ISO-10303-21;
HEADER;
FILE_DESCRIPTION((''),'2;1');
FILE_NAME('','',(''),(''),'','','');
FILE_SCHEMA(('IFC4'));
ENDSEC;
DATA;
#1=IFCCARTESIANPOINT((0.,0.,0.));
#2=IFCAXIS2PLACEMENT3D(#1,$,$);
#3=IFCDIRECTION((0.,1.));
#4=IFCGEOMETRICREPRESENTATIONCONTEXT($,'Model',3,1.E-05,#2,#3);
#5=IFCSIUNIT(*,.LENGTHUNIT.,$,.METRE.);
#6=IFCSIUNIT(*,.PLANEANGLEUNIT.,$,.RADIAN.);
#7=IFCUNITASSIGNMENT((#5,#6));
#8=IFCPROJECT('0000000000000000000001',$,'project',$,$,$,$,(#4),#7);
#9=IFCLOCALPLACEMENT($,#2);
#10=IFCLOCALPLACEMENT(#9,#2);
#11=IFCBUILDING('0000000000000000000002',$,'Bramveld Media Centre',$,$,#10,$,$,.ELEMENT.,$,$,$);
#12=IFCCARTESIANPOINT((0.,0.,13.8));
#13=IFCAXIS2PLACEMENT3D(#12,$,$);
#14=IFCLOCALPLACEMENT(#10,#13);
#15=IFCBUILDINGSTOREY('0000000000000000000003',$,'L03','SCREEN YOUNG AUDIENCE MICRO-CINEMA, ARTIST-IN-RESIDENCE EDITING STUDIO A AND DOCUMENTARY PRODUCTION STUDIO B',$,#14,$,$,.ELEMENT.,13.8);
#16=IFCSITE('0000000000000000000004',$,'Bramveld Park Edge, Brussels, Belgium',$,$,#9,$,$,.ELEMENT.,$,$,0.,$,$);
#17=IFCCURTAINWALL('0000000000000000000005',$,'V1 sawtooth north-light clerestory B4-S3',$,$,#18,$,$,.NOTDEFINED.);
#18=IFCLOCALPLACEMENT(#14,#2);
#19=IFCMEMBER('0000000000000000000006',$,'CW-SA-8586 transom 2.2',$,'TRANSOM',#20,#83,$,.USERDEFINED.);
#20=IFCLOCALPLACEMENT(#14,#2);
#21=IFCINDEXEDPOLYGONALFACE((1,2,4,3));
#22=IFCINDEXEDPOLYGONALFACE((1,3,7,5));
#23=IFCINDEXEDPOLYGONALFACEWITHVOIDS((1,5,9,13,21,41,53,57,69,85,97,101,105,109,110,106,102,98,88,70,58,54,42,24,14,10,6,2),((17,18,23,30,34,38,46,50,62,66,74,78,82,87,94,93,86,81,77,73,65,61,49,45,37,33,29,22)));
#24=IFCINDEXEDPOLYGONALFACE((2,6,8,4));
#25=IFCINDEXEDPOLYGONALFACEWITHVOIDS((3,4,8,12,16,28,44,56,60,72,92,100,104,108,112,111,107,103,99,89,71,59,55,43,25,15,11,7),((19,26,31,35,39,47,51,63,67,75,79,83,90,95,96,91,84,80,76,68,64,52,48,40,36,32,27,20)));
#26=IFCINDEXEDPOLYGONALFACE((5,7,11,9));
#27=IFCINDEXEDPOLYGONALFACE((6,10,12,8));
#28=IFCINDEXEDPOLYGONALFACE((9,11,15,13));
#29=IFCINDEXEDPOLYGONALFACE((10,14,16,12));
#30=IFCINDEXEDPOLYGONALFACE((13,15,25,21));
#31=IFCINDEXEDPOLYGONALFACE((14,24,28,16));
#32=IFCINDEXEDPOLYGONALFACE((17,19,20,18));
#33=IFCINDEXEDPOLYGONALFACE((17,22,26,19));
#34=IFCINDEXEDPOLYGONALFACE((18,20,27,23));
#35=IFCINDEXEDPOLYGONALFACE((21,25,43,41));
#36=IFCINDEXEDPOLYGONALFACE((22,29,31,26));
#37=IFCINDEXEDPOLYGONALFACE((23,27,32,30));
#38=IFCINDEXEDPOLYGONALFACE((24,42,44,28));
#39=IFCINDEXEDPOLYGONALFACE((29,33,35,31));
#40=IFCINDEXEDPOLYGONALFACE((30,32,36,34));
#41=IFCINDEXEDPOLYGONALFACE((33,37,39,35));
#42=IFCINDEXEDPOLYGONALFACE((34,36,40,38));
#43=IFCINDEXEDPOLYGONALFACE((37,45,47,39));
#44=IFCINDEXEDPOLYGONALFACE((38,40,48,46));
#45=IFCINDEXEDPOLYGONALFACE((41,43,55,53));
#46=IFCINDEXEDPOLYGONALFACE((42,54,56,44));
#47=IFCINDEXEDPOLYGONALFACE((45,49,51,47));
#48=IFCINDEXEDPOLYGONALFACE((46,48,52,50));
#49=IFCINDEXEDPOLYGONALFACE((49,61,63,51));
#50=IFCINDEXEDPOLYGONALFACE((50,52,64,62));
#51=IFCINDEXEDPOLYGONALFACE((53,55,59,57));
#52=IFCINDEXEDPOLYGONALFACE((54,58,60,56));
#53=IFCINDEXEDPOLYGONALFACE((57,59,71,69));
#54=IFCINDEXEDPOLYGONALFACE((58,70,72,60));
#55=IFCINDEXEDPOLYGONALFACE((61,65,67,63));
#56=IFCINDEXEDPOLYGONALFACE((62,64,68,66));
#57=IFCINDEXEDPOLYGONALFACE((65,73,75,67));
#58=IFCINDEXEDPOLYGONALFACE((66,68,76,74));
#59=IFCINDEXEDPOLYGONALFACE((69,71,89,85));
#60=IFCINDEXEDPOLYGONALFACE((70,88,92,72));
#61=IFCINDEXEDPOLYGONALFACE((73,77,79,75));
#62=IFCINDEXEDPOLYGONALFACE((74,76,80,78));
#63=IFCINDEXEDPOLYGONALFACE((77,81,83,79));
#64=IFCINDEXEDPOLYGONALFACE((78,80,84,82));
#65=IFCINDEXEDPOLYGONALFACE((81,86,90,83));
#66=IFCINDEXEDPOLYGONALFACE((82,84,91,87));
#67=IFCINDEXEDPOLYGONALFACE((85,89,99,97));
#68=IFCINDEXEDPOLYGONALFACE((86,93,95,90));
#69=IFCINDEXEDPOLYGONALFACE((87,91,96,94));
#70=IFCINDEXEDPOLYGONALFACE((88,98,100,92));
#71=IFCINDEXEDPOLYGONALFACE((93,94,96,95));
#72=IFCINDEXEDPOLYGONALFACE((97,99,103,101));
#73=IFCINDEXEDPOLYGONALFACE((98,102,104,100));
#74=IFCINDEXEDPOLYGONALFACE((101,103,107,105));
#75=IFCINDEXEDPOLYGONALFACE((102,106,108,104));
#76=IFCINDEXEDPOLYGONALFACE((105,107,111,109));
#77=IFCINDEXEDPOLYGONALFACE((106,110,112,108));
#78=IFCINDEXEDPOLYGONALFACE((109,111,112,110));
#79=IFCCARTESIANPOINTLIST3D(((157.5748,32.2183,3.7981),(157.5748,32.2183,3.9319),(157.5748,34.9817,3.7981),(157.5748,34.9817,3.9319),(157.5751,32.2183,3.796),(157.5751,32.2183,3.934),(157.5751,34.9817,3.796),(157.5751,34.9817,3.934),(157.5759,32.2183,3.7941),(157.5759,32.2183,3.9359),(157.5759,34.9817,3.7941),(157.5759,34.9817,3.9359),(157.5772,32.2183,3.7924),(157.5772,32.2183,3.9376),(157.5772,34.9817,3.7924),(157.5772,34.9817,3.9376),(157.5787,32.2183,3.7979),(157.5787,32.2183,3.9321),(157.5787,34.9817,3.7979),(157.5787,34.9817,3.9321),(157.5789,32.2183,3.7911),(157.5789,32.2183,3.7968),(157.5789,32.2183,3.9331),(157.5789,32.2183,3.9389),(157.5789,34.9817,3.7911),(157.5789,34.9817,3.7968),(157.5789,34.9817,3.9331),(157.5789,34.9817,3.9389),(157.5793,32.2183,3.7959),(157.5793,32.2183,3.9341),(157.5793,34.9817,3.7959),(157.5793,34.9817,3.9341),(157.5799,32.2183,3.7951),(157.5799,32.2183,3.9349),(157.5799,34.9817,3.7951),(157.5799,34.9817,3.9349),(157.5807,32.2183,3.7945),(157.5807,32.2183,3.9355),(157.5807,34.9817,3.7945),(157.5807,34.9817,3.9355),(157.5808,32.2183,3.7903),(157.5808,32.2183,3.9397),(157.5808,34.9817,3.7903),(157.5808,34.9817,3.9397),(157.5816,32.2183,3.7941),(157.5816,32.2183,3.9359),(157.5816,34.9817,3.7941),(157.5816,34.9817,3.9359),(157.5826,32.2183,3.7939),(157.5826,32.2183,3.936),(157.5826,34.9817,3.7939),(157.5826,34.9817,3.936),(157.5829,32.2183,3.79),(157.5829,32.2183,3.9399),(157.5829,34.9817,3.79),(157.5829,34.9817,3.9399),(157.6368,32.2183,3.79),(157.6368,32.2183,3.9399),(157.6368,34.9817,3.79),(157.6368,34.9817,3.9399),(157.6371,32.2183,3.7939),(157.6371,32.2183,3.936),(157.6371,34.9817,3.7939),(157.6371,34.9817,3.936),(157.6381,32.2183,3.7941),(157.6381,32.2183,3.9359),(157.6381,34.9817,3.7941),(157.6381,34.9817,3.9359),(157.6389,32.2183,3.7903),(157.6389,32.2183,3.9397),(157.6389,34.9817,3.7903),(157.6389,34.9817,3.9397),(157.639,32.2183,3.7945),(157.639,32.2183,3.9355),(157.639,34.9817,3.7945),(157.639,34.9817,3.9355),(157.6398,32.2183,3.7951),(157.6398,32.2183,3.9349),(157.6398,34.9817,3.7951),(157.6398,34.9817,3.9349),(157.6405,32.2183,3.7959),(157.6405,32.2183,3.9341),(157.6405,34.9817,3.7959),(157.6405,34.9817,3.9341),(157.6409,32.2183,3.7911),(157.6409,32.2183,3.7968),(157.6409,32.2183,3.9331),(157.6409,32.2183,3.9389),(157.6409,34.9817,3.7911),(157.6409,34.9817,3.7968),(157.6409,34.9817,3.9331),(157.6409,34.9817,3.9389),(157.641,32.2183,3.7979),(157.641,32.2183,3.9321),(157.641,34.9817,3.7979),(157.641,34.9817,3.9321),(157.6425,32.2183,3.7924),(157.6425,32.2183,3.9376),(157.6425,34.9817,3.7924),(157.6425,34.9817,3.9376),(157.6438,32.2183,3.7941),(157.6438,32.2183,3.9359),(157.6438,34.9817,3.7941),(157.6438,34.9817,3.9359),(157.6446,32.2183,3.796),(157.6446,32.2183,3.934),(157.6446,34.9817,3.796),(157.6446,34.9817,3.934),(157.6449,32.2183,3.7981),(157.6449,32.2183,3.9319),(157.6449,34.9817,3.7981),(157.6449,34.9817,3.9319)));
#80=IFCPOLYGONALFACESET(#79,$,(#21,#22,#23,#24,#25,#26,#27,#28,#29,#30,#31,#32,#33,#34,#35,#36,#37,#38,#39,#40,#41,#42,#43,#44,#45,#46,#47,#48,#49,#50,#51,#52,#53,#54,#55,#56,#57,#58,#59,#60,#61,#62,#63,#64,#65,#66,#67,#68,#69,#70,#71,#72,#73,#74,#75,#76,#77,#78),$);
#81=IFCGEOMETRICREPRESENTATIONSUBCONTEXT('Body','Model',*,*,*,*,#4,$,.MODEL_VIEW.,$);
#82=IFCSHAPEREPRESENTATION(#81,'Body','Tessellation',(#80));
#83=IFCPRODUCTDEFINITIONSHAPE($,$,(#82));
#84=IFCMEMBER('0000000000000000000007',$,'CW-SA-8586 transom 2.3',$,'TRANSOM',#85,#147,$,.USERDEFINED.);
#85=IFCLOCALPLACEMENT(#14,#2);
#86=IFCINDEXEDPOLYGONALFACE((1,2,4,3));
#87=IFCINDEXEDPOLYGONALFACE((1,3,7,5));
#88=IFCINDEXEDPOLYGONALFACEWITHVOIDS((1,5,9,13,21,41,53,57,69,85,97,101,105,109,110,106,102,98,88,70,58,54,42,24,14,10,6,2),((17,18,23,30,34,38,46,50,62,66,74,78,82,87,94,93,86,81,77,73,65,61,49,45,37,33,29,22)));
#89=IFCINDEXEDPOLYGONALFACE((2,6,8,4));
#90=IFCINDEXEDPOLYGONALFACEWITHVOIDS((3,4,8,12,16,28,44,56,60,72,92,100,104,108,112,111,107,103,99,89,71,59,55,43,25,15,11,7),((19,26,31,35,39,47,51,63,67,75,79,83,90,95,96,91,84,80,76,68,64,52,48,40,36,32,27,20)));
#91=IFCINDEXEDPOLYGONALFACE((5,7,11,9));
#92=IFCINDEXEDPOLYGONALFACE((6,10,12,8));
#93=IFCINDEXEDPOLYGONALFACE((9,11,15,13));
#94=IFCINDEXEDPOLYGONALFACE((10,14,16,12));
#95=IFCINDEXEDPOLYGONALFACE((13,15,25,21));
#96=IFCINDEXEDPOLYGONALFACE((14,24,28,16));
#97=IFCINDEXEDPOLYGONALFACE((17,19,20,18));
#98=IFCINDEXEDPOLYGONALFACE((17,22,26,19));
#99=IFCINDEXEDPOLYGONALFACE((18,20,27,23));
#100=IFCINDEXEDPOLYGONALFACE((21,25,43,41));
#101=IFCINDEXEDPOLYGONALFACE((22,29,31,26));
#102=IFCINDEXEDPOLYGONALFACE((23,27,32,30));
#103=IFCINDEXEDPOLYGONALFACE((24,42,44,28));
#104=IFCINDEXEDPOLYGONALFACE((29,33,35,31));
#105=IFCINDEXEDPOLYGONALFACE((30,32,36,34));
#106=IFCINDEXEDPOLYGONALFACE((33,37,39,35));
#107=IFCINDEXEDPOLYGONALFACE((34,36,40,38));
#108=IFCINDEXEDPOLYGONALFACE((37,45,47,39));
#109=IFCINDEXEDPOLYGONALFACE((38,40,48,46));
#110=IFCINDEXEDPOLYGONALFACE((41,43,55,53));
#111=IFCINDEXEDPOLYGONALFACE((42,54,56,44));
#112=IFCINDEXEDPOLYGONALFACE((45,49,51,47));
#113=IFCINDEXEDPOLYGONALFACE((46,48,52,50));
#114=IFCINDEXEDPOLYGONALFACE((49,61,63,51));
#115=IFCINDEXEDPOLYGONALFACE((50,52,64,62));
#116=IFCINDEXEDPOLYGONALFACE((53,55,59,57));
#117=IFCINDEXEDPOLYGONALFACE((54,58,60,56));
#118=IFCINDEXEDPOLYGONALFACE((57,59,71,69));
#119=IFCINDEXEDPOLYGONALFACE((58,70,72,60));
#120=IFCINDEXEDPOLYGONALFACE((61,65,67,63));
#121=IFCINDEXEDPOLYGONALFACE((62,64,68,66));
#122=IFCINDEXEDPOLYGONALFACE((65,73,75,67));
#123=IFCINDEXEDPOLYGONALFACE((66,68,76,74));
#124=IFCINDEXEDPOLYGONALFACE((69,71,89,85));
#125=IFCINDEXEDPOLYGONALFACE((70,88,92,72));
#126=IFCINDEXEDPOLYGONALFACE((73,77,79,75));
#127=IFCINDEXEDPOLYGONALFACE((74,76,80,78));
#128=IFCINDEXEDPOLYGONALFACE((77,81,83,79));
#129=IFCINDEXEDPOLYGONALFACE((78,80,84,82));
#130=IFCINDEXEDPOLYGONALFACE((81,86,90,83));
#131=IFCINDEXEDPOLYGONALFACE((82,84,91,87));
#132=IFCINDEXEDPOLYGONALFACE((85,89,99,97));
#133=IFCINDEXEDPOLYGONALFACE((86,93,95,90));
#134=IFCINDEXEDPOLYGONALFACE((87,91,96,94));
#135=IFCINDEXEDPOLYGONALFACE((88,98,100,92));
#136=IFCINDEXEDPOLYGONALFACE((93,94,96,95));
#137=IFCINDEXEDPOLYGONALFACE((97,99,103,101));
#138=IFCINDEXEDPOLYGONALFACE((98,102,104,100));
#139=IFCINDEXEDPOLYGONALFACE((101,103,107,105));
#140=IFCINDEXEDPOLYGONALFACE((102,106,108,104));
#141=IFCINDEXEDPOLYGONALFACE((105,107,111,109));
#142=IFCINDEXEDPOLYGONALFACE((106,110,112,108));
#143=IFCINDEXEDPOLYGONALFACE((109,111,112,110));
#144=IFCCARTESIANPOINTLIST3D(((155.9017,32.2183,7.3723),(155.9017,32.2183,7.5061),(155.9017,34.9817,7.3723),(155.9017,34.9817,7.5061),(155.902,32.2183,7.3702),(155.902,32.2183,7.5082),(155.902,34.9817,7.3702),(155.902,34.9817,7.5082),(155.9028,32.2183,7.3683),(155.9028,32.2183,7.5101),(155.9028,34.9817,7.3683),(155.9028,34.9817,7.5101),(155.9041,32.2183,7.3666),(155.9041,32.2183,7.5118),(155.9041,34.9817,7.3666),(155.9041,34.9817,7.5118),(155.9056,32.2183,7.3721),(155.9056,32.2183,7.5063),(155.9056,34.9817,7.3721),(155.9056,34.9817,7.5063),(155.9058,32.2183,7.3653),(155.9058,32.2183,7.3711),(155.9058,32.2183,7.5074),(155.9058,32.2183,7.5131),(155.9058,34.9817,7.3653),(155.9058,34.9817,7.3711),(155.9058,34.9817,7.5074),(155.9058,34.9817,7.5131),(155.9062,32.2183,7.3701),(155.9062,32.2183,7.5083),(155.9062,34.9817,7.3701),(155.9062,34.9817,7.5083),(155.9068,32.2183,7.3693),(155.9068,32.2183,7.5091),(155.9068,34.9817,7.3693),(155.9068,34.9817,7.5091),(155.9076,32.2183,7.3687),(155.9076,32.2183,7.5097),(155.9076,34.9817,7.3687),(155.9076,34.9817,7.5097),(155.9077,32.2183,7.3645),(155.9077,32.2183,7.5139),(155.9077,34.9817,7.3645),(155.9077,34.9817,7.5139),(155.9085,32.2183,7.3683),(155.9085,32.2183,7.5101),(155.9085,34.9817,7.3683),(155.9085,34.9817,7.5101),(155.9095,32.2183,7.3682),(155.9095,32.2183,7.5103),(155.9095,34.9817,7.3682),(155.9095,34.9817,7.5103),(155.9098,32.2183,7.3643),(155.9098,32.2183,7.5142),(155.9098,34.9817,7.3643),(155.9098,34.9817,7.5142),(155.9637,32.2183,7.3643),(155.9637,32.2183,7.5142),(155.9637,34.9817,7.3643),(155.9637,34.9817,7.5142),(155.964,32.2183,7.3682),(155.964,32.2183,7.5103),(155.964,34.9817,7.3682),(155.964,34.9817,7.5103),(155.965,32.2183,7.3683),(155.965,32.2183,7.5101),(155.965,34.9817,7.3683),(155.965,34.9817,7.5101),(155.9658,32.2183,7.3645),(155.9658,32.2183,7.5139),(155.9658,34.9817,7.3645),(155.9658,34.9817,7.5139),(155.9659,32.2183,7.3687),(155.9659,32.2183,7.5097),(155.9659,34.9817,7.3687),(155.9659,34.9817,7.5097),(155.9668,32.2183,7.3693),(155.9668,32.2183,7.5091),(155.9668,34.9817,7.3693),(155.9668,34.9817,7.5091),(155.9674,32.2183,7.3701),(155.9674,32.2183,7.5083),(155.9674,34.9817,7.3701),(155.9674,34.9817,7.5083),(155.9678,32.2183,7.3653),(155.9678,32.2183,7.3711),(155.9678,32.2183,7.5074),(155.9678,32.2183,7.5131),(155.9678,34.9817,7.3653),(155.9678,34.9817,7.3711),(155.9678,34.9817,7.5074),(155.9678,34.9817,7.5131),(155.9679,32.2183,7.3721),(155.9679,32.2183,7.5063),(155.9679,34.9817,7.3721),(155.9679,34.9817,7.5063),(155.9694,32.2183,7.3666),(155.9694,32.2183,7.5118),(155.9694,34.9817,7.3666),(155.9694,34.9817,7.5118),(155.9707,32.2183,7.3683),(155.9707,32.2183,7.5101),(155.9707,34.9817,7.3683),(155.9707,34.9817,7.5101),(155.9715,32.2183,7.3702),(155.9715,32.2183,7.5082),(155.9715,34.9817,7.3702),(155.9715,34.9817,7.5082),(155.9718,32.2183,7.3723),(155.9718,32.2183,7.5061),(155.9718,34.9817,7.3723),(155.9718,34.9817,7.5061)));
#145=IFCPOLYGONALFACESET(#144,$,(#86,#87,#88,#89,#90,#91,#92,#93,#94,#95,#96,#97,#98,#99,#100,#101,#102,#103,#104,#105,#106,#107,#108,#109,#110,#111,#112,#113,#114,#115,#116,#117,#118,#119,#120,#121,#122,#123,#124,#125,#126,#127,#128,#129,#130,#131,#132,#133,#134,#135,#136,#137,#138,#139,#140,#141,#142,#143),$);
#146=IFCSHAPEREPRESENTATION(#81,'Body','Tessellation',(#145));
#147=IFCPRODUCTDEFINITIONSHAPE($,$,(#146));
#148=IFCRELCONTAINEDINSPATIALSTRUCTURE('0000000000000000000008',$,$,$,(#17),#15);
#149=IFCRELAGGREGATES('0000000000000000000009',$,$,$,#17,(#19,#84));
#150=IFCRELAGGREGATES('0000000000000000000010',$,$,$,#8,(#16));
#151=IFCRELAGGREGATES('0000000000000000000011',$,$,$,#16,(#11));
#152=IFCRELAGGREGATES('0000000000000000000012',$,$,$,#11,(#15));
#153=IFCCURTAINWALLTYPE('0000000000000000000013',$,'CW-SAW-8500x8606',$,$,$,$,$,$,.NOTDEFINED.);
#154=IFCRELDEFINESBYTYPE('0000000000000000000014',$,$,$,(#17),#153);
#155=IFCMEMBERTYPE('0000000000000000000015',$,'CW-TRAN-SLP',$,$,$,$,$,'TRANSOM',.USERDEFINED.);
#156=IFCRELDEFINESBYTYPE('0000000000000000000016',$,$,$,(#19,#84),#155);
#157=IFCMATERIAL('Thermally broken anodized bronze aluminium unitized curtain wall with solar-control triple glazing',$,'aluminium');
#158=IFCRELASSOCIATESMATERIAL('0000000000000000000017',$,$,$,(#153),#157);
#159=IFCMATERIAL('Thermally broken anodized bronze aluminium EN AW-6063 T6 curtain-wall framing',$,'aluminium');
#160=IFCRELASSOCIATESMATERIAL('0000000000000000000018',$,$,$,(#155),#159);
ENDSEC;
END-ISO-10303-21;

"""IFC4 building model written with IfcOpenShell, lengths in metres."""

from ifc_helpers import new_model, si_unit, direction, frame, origin, origin_2d, place, context, subcontext, project, spatial, hollow_rectangle, extrude, material, material_profile, profile_set, type_object, element, aggregate, save


model = new_model("IFC4")

# Units and contexts
model_context = context("Model", 3, precision=1e-05, world=origin(), true_north=direction((0.0, 1.0)))
body_context = subcontext(model_context, "Body", "Model", "MODEL_VIEW")
ifc_project = project(units=[si_unit("LENGTHUNIT", "METRE"), si_unit("PLANEANGLEUNIT", "RADIAN")], contexts=[model_context])

# Site, building, storey
site_placement = place(None, origin())
site = spatial("IfcSite", under=ifc_project, at=site_placement, Name="Bramveld Park Edge, Brussels, Belgium", CompositionType="ELEMENT", RefElevation=0.0)
building_placement = place(site_placement, origin())
building = spatial("IfcBuilding", under=site, at=building_placement, Name="Bramveld Media Centre", CompositionType="ELEMENT")
storey_placement = place(building_placement, frame((0.0, 0.0, 13.8)))
storey = spatial("IfcBuildingStorey", under=building, at=storey_placement, Name="L03", Description="SCREEN YOUNG AUDIENCE MICRO-CINEMA, ARTIST-IN-RESIDENCE EDITING STUDIO A AND DOCUMENTARY PRODUCTION STUDIO B", CompositionType="ELEMENT", Elevation=13.8)

# Shared definitions
ifc_material_1 = material(Name="Thermally broken anodized bronze aluminium unitized curtain wall with solar-control triple glazing", Category="aluminium")
curtain_wall_type_1 = type_object("IfcCurtainWallType", Name="CW-SAW-8500x8606", PredefinedType="NOTDEFINED", material=ifc_material_1)

# Shared definitions
ifc_material_2 = material(Name="Thermally broken anodized bronze aluminium EN AW-6063 T6 curtain-wall framing", Category="aluminium")
ifc_material_profile_1 = material_profile(ifc_material_2, hollow_rectangle(XDim=0.0701, YDim=0.1499, WallThickness=0.0039, InnerFilletRadius=0.0039, OuterFilletRadius=0.0081, at=origin_2d()), Name="AL-TRAN 70x150")
ifc_profile_set_1 = profile_set([ifc_material_profile_1], Name="Thermally broken anodized bronze aluminium EN AW-6063 T6 curtain-wall framing")
member_type_1 = type_object("IfcMemberType", Name="CW-TRAN-SLP", ElementType="TRANSOM", PredefinedType="USERDEFINED", material=ifc_profile_set_1)

# Curtain wall, members
curtain_wall_1_placement = place(storey_placement, origin())
curtain_wall_1 = element("IfcCurtainWall", 1, at=curtain_wall_1_placement, inside=storey, type_object=curtain_wall_type_1, Name="V1 sawtooth north-light clerestory B4-S3", PredefinedType="NOTDEFINED")
member_1_placement = place(storey_placement, frame((157.6099, 32.2183, 3.865), z_axis=(0.0, 1.0, 0.0), x_axis=(-1.0, 0.0, 0.0)))
member_1 = element("IfcMember", 2, at=member_1_placement, type_object=member_type_1, Name="CW-SA-8586 transom 2.2", ObjectType="TRANSOM", PredefinedType="USERDEFINED", context=body_context, shape_type="SweptSolid", body=[
    extrude(hollow_rectangle(XDim=0.0701, YDim=0.1499, WallThickness=0.0039, InnerFilletRadius=0.0039, OuterFilletRadius=0.0081, at=origin_2d()), origin(), (0.0, 0.0, 1.0), 2.7634),
])
member_2_placement = place(storey_placement, frame((155.9368, 32.2183, 7.4392), z_axis=(0.0, 1.0, 0.0), x_axis=(-1.0, 0.0, 0.0)))
member_2 = element("IfcMember", 3, at=member_2_placement, type_object=member_type_1, Name="CW-SA-8586 transom 2.3", ObjectType="TRANSOM", PredefinedType="USERDEFINED", context=body_context, shape_type="SweptSolid", body=[
    extrude(hollow_rectangle(XDim=0.0701, YDim=0.1499, WallThickness=0.0039, InnerFilletRadius=0.0039, OuterFilletRadius=0.0081, at=origin_2d()), origin(), (0.0, 0.0, 1.0), 2.7634),
])

aggregate(curtain_wall_1, [member_1, member_2])

save(model, "model.ifc")
